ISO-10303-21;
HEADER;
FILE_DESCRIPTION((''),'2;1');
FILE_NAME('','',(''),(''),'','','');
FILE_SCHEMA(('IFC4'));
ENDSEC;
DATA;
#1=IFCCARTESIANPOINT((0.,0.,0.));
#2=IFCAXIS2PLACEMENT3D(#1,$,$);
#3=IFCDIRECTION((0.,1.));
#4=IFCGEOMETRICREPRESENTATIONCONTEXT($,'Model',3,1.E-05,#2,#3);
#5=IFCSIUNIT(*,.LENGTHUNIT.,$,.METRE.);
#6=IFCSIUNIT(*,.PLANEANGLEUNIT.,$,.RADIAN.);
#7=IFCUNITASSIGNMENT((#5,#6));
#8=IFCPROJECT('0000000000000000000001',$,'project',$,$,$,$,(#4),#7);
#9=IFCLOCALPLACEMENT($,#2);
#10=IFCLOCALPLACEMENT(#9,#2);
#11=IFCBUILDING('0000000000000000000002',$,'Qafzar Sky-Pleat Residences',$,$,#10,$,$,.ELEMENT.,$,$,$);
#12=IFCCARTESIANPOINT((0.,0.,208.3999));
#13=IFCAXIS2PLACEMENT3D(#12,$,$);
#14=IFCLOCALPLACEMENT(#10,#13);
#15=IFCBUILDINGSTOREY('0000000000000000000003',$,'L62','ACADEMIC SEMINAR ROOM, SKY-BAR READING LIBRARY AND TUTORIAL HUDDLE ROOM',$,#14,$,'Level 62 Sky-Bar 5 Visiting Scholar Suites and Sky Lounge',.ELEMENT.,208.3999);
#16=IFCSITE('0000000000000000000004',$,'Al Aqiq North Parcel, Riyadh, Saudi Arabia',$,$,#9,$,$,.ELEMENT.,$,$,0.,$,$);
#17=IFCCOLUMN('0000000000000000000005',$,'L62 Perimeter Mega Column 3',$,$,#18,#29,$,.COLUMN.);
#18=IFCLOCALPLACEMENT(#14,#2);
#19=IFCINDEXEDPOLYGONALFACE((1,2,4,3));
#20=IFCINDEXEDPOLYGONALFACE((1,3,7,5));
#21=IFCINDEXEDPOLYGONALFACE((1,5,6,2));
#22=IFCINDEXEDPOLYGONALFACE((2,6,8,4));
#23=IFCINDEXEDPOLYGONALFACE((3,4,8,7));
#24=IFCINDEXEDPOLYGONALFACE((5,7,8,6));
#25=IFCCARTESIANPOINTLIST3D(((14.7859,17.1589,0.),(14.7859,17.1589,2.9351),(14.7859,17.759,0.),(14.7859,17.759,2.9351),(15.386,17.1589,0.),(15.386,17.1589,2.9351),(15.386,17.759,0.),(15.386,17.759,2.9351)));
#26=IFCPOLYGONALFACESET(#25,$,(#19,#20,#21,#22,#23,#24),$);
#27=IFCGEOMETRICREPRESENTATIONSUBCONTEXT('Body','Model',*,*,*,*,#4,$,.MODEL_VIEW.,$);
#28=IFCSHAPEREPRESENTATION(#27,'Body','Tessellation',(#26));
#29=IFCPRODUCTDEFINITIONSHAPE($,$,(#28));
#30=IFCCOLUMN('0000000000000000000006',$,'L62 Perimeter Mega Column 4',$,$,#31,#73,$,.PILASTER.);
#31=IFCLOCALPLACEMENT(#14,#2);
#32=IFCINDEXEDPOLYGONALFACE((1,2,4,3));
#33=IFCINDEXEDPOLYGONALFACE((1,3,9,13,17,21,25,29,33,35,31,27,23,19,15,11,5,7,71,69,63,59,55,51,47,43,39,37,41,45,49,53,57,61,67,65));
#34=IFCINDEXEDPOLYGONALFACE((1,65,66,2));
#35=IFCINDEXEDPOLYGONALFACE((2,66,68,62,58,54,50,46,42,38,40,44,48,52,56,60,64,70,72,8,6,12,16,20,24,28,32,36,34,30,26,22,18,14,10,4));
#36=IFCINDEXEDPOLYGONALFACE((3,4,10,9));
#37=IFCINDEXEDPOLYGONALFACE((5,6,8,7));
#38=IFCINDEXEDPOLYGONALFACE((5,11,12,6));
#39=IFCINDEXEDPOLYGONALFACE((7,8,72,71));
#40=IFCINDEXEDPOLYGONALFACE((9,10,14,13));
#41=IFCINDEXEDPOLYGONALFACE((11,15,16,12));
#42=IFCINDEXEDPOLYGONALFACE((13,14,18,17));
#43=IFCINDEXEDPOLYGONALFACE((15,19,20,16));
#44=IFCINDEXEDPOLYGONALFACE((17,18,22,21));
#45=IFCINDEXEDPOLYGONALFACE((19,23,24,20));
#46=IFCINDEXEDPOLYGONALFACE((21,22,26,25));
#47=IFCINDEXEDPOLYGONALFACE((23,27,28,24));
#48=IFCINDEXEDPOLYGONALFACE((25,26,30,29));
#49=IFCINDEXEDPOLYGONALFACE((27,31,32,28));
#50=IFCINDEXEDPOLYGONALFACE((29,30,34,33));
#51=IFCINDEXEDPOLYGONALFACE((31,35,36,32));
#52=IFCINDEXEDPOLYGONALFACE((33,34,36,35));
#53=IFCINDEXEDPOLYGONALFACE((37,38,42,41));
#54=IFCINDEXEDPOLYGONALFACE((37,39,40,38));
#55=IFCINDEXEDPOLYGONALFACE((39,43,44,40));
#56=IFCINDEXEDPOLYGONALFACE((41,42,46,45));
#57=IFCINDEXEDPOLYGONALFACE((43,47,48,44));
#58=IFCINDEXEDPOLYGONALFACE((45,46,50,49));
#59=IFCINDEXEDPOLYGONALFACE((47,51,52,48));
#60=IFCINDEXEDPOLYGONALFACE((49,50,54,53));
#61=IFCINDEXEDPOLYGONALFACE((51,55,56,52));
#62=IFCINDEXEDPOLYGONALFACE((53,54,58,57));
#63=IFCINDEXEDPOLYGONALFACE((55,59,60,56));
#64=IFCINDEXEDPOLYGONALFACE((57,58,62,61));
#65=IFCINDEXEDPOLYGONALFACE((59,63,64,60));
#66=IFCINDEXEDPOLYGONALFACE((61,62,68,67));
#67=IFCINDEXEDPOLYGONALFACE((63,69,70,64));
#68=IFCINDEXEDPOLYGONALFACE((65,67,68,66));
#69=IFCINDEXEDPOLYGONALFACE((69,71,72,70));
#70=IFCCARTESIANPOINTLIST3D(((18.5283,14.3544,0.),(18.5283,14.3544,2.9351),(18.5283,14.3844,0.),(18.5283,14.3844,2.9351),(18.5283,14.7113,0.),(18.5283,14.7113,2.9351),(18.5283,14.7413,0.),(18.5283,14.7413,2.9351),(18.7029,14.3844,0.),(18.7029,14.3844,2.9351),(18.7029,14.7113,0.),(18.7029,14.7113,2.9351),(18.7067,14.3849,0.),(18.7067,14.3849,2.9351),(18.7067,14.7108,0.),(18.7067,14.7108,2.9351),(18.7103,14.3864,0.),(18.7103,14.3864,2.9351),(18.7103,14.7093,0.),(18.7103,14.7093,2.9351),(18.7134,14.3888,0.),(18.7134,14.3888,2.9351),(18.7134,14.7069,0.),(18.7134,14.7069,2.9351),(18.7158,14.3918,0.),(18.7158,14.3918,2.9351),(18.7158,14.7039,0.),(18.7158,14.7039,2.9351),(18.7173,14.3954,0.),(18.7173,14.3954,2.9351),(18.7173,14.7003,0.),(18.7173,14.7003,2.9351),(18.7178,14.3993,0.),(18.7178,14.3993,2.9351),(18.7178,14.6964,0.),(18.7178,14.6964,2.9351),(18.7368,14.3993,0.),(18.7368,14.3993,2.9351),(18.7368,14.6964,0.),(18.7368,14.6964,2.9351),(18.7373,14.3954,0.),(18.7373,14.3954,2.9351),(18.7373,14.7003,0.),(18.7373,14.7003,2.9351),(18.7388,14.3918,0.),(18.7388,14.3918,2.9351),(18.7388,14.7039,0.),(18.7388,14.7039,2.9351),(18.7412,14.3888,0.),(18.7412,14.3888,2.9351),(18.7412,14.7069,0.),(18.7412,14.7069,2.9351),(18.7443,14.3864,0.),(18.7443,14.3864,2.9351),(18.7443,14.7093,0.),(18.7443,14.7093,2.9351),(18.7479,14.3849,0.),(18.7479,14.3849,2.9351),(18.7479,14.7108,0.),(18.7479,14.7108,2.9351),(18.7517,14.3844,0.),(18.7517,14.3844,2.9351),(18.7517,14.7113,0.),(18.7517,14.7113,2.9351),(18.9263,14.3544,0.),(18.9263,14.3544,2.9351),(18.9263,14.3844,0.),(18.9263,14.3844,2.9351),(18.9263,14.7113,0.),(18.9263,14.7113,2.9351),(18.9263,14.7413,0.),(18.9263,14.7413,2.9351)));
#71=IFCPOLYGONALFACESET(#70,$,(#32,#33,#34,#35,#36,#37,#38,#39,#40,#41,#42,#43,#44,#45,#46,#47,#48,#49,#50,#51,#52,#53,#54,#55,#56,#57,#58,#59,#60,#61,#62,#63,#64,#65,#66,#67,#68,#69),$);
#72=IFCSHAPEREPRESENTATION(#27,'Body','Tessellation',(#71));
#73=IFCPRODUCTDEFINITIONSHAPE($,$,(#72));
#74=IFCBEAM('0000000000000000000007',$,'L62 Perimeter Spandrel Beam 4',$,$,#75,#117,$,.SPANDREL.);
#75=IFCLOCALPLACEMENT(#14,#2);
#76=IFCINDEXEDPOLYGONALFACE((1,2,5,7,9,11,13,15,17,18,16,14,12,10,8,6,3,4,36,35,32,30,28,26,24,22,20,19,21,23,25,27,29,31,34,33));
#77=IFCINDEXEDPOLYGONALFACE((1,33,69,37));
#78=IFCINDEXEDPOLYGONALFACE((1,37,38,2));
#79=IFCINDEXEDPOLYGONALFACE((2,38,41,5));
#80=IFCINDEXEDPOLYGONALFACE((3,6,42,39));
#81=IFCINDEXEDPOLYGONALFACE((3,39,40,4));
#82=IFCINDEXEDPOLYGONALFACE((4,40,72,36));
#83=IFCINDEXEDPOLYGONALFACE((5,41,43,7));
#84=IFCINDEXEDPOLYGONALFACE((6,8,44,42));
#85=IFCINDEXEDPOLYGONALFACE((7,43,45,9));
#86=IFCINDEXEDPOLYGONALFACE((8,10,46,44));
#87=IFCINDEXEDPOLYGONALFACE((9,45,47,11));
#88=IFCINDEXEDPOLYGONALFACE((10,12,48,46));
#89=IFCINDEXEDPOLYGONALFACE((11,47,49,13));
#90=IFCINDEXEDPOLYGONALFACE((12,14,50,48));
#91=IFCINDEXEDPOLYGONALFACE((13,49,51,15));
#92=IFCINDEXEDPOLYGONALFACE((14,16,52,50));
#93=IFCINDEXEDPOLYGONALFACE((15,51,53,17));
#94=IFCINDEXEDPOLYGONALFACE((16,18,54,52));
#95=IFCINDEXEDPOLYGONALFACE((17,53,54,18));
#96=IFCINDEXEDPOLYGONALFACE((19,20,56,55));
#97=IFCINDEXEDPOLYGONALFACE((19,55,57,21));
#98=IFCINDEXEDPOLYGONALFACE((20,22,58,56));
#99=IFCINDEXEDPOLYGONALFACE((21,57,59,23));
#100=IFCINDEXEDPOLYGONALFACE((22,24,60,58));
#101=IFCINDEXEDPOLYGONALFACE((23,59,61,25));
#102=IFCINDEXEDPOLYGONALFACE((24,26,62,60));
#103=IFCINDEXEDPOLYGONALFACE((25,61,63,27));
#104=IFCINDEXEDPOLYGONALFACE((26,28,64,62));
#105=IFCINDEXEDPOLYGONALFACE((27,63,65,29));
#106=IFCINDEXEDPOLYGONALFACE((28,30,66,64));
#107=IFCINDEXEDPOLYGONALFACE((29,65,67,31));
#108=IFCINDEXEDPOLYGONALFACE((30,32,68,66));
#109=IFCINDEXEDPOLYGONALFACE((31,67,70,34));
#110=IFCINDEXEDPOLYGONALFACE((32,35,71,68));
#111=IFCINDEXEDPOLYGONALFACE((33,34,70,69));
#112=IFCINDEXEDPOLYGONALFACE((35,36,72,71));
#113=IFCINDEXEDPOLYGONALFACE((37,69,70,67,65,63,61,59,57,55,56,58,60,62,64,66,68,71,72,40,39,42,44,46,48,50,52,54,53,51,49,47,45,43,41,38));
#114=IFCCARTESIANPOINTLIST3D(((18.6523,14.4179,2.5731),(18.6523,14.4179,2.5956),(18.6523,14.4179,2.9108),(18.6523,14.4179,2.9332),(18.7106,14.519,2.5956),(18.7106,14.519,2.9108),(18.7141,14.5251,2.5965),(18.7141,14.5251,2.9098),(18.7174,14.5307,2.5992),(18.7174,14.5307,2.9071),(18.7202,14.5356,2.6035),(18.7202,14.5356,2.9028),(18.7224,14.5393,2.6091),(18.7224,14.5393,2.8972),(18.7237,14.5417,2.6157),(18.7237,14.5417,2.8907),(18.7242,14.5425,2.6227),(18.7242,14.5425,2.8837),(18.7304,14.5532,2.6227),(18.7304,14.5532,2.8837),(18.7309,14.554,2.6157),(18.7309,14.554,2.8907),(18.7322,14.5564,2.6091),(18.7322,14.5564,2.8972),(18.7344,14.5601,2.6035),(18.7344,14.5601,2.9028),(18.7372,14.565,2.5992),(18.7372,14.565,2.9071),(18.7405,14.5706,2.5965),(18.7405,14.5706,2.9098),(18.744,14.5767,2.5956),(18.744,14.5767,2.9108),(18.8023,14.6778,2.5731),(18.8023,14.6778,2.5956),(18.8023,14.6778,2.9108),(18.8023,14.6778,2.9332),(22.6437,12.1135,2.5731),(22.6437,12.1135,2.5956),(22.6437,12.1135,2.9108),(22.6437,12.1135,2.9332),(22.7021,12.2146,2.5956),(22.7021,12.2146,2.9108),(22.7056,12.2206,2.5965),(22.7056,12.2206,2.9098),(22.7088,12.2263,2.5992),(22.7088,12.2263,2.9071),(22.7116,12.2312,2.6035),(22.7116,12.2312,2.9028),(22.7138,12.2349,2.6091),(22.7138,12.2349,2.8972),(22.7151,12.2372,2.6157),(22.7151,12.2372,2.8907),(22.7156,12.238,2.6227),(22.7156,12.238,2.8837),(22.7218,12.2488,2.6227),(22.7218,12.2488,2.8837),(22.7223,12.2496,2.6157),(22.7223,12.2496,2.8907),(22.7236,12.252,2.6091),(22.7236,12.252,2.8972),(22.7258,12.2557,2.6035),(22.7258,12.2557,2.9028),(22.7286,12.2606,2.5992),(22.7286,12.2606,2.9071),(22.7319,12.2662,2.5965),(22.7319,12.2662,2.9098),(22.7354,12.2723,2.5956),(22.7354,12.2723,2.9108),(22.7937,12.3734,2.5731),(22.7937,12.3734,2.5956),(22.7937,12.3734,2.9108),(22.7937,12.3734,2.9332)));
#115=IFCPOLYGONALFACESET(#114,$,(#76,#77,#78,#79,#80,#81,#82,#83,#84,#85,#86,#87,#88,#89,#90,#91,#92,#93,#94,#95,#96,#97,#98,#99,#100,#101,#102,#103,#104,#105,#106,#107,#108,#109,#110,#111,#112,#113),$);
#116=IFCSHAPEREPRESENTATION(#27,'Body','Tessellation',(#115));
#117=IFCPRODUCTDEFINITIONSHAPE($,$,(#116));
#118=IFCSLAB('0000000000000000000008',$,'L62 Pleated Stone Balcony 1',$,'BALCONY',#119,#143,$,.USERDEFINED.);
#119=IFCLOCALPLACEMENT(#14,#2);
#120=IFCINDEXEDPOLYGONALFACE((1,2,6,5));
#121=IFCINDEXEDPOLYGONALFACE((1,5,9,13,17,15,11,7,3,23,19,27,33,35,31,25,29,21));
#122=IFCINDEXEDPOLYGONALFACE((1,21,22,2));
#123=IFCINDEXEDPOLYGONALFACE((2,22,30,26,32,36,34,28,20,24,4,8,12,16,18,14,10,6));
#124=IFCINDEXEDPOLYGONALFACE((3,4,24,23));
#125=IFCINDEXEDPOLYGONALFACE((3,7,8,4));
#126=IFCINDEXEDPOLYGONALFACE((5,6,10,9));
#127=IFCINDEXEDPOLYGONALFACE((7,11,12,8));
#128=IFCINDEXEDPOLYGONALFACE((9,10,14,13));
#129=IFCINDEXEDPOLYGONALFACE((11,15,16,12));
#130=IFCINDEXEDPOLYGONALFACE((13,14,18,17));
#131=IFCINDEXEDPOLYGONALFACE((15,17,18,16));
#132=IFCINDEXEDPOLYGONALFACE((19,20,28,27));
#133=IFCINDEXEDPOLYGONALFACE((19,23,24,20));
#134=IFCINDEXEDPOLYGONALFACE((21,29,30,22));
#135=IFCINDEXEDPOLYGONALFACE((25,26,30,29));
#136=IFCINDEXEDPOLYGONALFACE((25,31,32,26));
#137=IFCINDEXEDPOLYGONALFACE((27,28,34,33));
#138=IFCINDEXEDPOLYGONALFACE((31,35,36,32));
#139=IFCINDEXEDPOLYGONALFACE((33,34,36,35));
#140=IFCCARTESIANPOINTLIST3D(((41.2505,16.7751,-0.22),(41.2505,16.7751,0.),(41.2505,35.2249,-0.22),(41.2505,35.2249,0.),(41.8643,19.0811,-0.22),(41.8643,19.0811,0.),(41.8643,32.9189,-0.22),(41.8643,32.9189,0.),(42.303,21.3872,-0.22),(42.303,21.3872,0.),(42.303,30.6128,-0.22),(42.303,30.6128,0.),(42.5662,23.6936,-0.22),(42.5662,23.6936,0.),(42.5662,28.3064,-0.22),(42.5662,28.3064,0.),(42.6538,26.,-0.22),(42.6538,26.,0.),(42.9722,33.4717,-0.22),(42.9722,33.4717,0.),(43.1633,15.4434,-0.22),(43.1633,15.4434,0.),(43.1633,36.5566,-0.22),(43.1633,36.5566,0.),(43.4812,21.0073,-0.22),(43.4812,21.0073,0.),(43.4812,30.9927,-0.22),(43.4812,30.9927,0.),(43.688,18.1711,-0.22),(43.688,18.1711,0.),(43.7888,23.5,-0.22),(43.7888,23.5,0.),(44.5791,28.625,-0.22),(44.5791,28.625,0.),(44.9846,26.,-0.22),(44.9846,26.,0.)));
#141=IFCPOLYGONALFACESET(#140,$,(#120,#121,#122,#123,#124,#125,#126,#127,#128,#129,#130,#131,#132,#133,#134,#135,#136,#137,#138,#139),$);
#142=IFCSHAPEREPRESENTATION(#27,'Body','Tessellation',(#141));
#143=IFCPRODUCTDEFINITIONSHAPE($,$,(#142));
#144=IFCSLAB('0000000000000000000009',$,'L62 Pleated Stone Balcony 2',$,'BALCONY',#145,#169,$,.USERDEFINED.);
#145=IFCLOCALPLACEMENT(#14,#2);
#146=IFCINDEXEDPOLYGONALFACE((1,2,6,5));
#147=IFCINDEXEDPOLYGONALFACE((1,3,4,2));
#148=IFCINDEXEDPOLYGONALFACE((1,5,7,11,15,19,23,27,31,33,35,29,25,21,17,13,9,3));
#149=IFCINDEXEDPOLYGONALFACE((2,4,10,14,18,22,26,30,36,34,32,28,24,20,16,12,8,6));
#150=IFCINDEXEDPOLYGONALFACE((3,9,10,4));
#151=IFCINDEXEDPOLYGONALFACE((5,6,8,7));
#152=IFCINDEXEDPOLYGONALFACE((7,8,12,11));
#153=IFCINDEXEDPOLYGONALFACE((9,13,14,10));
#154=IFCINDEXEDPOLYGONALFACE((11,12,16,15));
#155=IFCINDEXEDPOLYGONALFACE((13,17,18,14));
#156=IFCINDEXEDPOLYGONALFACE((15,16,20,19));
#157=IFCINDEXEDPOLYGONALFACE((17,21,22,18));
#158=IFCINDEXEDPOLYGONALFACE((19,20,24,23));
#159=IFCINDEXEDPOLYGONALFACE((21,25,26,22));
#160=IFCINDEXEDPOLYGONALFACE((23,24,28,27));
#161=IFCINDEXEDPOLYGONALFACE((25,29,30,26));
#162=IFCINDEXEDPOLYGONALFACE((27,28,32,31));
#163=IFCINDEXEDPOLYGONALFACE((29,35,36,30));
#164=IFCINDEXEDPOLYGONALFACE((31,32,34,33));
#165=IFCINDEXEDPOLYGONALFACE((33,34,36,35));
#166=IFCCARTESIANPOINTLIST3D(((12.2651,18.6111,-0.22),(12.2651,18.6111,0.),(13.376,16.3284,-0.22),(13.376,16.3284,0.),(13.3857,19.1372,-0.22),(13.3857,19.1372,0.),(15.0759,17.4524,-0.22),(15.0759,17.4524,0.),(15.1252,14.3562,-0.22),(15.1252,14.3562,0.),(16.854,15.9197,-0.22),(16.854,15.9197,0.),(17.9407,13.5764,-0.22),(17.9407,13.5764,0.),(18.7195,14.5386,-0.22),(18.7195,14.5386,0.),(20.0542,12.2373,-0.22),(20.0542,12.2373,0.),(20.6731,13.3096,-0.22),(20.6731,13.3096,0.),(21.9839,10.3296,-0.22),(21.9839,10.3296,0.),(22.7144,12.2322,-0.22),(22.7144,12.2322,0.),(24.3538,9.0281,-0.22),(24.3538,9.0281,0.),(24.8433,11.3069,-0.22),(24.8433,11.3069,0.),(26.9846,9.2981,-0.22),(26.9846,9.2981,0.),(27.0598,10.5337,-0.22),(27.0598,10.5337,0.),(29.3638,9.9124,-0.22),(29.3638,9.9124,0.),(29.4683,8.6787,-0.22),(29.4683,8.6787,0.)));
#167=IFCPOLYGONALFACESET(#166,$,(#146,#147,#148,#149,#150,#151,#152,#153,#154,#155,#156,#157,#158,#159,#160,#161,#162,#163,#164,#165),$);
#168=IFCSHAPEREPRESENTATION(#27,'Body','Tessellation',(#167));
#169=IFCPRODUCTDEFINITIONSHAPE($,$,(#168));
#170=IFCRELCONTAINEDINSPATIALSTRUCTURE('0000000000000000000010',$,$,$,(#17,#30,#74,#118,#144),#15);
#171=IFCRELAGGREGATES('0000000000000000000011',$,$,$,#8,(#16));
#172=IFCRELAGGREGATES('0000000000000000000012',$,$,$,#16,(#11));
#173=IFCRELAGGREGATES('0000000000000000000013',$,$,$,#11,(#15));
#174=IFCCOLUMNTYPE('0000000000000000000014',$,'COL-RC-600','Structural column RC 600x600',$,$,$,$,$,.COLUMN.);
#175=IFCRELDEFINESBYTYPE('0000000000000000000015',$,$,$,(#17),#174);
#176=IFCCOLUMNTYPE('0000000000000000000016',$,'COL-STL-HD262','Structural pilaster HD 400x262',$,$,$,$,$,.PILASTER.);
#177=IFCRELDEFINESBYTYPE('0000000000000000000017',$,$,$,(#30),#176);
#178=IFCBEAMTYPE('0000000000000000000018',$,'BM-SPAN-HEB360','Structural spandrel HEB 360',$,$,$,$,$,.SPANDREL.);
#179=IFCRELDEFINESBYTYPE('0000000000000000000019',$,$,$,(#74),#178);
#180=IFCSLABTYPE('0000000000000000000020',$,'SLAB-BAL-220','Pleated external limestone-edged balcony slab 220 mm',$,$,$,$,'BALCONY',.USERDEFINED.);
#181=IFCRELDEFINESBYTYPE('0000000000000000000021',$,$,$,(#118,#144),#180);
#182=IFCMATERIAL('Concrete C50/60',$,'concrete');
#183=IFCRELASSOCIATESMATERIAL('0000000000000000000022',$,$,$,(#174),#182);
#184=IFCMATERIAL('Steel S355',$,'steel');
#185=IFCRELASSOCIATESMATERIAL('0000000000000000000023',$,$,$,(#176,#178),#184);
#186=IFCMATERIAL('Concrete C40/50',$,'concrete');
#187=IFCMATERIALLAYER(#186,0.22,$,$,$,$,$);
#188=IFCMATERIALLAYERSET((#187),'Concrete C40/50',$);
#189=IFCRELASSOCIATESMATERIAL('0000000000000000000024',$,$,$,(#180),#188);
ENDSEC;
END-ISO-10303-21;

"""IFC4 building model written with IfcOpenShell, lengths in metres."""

from ifc_helpers import new_model, si_unit, direction, frame, origin, origin_2d, place, context, subcontext, project, spatial, polyline, rectangle, i_section, outline, extrude, source, transform, mapped, material, layer, layer_set, material_profile, profile_set, type_object, element, save


model = new_model("IFC4")

# Units and contexts
model_context = context("Model", 3, precision=1e-05, world=origin(), true_north=direction((0.0, 1.0)))
body_context = subcontext(model_context, "Body", "Model", "MODEL_VIEW")
ifc_project = project(units=[si_unit("LENGTHUNIT", "METRE"), si_unit("PLANEANGLEUNIT", "RADIAN")], contexts=[model_context])

# Site, building, storey
site_placement = place(None, origin())
site = spatial("IfcSite", under=ifc_project, at=site_placement, Name="Al Aqiq North Parcel, Riyadh, Saudi Arabia", CompositionType="ELEMENT", RefElevation=0.0)
building_placement = place(site_placement, origin())
building = spatial("IfcBuilding", under=site, at=building_placement, Name="Qafzar Sky-Pleat Residences", CompositionType="ELEMENT")
storey_placement = place(building_placement, frame((0.0, 0.0, 208.3999)))
storey = spatial("IfcBuildingStorey", under=building, at=storey_placement, Name="L62", Description="ACADEMIC SEMINAR ROOM, SKY-BAR READING LIBRARY AND TUTORIAL HUDDLE ROOM", LongName="Level 62 Sky-Bar 5 Visiting Scholar Suites and Sky Lounge", CompositionType="ELEMENT", Elevation=208.3999)

# Columns
ifc_material_1 = material(Name="Concrete C50/60", Category="concrete")
ifc_material_profile_1 = material_profile(ifc_material_1, rectangle(XDim=0.6001, YDim=0.6001, at=origin_2d()), Name="RC 600x600")
ifc_profile_set_1 = profile_set([ifc_material_profile_1], Name="Concrete C50/60")
column_type_1 = type_object("IfcColumnType", Name="COL-RC-600", Description="Structural column RC 600x600", PredefinedType="COLUMN", material=ifc_profile_set_1)
shared_shape_1 = source(origin(), body_context, "Body", "SweptSolid", [
    extrude(rectangle(XDim=0.6001, YDim=0.6001, at=origin_2d()), origin(), (0.0, 0.0, 1.0), 2.9351),
])
column_1_placement = place(storey_placement, frame((15.0859, 17.459, 0.0), z_axis=(0.0, 0.0, 1.0), x_axis=(1.0, 0.0, 0.0)))
element("IfcColumn", 1, at=column_1_placement, inside=storey, type_object=column_type_1, Name="L62 Perimeter Mega Column 3", PredefinedType="COLUMN", context=body_context, shape_type="MappedRepresentation", body=[
    mapped(shared_shape_1, transform((0.0, 0.0, 0.0), x_axis=(1.0, 0.0, 0.0), y_axis=(0.0, 1.0, 0.0), z_axis=(0.0, 0.0, 1.0), scale=1.0)),
])
ifc_material_2 = material(Name="Steel S355", Category="steel")
ifc_material_profile_2 = material_profile(ifc_material_2, i_section(OverallWidth=0.3979, OverallDepth=0.387, WebThickness=0.019, FlangeThickness=0.03, FilletRadius=0.0149, at=origin_2d()), Name="HD 400x262")
ifc_profile_set_2 = profile_set([ifc_material_profile_2], Name="Steel S355")
column_type_2 = type_object("IfcColumnType", Name="COL-STL-HD262", Description="Structural pilaster HD 400x262", PredefinedType="PILASTER", material=ifc_profile_set_2)
shared_shape_2 = source(origin(), body_context, "Body", "SweptSolid", [
    extrude(i_section(OverallWidth=0.3979, OverallDepth=0.387, WebThickness=0.019, FlangeThickness=0.03, FilletRadius=0.0149, at=origin_2d()), origin(), (0.0, 0.0, 1.0), 2.9351),
])
column_2_placement = place(storey_placement, frame((18.7273, 14.5479, 0.0), z_axis=(0.0, 0.0, 1.0), x_axis=(1.0, 0.0, 0.0)))
element("IfcColumn", 2, at=column_2_placement, inside=storey, type_object=column_type_2, Name="L62 Perimeter Mega Column 4", PredefinedType="PILASTER", context=body_context, shape_type="MappedRepresentation", body=[
    mapped(shared_shape_2, transform((0.0, 0.0, 0.0), x_axis=(1.0, 0.0, 0.0), y_axis=(0.0, 1.0, 0.0), z_axis=(0.0, 0.0, 1.0), scale=1.0)),
])

# Beam
ifc_material_profile_3 = material_profile(ifc_material_2, i_section(OverallWidth=0.3, OverallDepth=0.3601, WebThickness=0.0125, FlangeThickness=0.0225, FilletRadius=0.0271, at=origin_2d()), Name="HEB 360")
ifc_profile_set_3 = profile_set([ifc_material_profile_3], Name="Steel S355")
beam_type = type_object("IfcBeamType", Name="BM-SPAN-HEB360", Description="Structural spandrel HEB 360", PredefinedType="SPANDREL", material=ifc_profile_set_3)
shared_shape_3 = source(origin(), body_context, "Body", "SweptSolid", [
    extrude(i_section(OverallWidth=0.3, OverallDepth=0.3601, WebThickness=0.0125, FlangeThickness=0.0225, FilletRadius=0.0271, at=origin_2d()), origin(), (0.0, 0.0, 1.0), 4.6089),
])
beam_placement = place(storey_placement, frame((18.7273, 14.5479, 2.7532), z_axis=(0.866028, -0.499996, 0.0), x_axis=(0.499996, 0.866028, 0.0)))
element("IfcBeam", 3, at=beam_placement, inside=storey, type_object=beam_type, Name="L62 Perimeter Spandrel Beam 4", PredefinedType="SPANDREL", context=body_context, shape_type="MappedRepresentation", body=[
    mapped(shared_shape_3, transform((0.0, 0.0, 0.0), x_axis=(1.0, 0.0, 0.0), y_axis=(0.0, 1.0, 0.0), z_axis=(0.0, 0.0, 1.0), scale=1.0)),
])

# Slabs
ifc_material_3 = material(Name="Concrete C40/50", Category="concrete")
ifc_layer_1 = layer(ifc_material_3, 0.22)
ifc_layer_set_1 = layer_set([ifc_layer_1], Name="Concrete C40/50")
slab_type_1 = type_object("IfcSlabType", Name="SLAB-BAL-220", Description="Pleated external limestone-edged balcony slab 220 mm", ElementType="BALCONY", PredefinedType="USERDEFINED", material=ifc_layer_set_1)
slab_1_placement = place(storey_placement, frame((0.0, 0.0, -0.22)))
element("IfcSlab", 4, at=slab_1_placement, inside=storey, type_object=slab_type_1, Name="L62 Pleated Stone Balcony 1", ObjectType="BALCONY", PredefinedType="USERDEFINED", context=body_context, shape_type="SweptSolid", body=[
    extrude(outline(polyline([(41.8643, 19.0811), (42.303, 21.3872), (42.5662, 23.6936), (42.6538, 26.0), (42.5662, 28.3064), (42.303, 30.6128), (41.8643, 32.9189), (41.2505, 35.2249), (43.1633, 36.5566), (42.9722, 33.4717), (43.4812, 30.9927), (44.5791, 28.625), (44.9846, 26.0), (43.7888, 23.5), (43.4812, 21.0073), (43.688, 18.1711), (43.1633, 15.4434), (41.2505, 16.7751), (41.8643, 19.0811)])), origin(), (0.0, 0.0, 1.0), 0.22),
])
slab_2_placement = place(storey_placement, frame((0.0, 0.0, -0.22)))
element("IfcSlab", 5, at=slab_2_placement, inside=storey, type_object=slab_type_1, Name="L62 Pleated Stone Balcony 2", ObjectType="BALCONY", PredefinedType="USERDEFINED", context=body_context, shape_type="SweptSolid", body=[
    extrude(outline(polyline([(15.0759, 17.4524), (16.854, 15.9197), (18.7195, 14.5386), (20.6731, 13.3096), (22.7144, 12.2322), (24.8433, 11.3069), (27.0598, 10.5337), (29.3638, 9.9124), (29.4683, 8.6787), (26.9846, 9.2981), (24.3538, 9.0281), (21.9839, 10.3296), (20.0542, 12.2373), (17.9407, 13.5764), (15.1252, 14.3562), (13.376, 16.3284), (12.2651, 18.6111), (13.3857, 19.1372), (15.0759, 17.4524)])), origin(), (0.0, 0.0, 1.0), 0.22),
])

save(model, "model.ifc")
